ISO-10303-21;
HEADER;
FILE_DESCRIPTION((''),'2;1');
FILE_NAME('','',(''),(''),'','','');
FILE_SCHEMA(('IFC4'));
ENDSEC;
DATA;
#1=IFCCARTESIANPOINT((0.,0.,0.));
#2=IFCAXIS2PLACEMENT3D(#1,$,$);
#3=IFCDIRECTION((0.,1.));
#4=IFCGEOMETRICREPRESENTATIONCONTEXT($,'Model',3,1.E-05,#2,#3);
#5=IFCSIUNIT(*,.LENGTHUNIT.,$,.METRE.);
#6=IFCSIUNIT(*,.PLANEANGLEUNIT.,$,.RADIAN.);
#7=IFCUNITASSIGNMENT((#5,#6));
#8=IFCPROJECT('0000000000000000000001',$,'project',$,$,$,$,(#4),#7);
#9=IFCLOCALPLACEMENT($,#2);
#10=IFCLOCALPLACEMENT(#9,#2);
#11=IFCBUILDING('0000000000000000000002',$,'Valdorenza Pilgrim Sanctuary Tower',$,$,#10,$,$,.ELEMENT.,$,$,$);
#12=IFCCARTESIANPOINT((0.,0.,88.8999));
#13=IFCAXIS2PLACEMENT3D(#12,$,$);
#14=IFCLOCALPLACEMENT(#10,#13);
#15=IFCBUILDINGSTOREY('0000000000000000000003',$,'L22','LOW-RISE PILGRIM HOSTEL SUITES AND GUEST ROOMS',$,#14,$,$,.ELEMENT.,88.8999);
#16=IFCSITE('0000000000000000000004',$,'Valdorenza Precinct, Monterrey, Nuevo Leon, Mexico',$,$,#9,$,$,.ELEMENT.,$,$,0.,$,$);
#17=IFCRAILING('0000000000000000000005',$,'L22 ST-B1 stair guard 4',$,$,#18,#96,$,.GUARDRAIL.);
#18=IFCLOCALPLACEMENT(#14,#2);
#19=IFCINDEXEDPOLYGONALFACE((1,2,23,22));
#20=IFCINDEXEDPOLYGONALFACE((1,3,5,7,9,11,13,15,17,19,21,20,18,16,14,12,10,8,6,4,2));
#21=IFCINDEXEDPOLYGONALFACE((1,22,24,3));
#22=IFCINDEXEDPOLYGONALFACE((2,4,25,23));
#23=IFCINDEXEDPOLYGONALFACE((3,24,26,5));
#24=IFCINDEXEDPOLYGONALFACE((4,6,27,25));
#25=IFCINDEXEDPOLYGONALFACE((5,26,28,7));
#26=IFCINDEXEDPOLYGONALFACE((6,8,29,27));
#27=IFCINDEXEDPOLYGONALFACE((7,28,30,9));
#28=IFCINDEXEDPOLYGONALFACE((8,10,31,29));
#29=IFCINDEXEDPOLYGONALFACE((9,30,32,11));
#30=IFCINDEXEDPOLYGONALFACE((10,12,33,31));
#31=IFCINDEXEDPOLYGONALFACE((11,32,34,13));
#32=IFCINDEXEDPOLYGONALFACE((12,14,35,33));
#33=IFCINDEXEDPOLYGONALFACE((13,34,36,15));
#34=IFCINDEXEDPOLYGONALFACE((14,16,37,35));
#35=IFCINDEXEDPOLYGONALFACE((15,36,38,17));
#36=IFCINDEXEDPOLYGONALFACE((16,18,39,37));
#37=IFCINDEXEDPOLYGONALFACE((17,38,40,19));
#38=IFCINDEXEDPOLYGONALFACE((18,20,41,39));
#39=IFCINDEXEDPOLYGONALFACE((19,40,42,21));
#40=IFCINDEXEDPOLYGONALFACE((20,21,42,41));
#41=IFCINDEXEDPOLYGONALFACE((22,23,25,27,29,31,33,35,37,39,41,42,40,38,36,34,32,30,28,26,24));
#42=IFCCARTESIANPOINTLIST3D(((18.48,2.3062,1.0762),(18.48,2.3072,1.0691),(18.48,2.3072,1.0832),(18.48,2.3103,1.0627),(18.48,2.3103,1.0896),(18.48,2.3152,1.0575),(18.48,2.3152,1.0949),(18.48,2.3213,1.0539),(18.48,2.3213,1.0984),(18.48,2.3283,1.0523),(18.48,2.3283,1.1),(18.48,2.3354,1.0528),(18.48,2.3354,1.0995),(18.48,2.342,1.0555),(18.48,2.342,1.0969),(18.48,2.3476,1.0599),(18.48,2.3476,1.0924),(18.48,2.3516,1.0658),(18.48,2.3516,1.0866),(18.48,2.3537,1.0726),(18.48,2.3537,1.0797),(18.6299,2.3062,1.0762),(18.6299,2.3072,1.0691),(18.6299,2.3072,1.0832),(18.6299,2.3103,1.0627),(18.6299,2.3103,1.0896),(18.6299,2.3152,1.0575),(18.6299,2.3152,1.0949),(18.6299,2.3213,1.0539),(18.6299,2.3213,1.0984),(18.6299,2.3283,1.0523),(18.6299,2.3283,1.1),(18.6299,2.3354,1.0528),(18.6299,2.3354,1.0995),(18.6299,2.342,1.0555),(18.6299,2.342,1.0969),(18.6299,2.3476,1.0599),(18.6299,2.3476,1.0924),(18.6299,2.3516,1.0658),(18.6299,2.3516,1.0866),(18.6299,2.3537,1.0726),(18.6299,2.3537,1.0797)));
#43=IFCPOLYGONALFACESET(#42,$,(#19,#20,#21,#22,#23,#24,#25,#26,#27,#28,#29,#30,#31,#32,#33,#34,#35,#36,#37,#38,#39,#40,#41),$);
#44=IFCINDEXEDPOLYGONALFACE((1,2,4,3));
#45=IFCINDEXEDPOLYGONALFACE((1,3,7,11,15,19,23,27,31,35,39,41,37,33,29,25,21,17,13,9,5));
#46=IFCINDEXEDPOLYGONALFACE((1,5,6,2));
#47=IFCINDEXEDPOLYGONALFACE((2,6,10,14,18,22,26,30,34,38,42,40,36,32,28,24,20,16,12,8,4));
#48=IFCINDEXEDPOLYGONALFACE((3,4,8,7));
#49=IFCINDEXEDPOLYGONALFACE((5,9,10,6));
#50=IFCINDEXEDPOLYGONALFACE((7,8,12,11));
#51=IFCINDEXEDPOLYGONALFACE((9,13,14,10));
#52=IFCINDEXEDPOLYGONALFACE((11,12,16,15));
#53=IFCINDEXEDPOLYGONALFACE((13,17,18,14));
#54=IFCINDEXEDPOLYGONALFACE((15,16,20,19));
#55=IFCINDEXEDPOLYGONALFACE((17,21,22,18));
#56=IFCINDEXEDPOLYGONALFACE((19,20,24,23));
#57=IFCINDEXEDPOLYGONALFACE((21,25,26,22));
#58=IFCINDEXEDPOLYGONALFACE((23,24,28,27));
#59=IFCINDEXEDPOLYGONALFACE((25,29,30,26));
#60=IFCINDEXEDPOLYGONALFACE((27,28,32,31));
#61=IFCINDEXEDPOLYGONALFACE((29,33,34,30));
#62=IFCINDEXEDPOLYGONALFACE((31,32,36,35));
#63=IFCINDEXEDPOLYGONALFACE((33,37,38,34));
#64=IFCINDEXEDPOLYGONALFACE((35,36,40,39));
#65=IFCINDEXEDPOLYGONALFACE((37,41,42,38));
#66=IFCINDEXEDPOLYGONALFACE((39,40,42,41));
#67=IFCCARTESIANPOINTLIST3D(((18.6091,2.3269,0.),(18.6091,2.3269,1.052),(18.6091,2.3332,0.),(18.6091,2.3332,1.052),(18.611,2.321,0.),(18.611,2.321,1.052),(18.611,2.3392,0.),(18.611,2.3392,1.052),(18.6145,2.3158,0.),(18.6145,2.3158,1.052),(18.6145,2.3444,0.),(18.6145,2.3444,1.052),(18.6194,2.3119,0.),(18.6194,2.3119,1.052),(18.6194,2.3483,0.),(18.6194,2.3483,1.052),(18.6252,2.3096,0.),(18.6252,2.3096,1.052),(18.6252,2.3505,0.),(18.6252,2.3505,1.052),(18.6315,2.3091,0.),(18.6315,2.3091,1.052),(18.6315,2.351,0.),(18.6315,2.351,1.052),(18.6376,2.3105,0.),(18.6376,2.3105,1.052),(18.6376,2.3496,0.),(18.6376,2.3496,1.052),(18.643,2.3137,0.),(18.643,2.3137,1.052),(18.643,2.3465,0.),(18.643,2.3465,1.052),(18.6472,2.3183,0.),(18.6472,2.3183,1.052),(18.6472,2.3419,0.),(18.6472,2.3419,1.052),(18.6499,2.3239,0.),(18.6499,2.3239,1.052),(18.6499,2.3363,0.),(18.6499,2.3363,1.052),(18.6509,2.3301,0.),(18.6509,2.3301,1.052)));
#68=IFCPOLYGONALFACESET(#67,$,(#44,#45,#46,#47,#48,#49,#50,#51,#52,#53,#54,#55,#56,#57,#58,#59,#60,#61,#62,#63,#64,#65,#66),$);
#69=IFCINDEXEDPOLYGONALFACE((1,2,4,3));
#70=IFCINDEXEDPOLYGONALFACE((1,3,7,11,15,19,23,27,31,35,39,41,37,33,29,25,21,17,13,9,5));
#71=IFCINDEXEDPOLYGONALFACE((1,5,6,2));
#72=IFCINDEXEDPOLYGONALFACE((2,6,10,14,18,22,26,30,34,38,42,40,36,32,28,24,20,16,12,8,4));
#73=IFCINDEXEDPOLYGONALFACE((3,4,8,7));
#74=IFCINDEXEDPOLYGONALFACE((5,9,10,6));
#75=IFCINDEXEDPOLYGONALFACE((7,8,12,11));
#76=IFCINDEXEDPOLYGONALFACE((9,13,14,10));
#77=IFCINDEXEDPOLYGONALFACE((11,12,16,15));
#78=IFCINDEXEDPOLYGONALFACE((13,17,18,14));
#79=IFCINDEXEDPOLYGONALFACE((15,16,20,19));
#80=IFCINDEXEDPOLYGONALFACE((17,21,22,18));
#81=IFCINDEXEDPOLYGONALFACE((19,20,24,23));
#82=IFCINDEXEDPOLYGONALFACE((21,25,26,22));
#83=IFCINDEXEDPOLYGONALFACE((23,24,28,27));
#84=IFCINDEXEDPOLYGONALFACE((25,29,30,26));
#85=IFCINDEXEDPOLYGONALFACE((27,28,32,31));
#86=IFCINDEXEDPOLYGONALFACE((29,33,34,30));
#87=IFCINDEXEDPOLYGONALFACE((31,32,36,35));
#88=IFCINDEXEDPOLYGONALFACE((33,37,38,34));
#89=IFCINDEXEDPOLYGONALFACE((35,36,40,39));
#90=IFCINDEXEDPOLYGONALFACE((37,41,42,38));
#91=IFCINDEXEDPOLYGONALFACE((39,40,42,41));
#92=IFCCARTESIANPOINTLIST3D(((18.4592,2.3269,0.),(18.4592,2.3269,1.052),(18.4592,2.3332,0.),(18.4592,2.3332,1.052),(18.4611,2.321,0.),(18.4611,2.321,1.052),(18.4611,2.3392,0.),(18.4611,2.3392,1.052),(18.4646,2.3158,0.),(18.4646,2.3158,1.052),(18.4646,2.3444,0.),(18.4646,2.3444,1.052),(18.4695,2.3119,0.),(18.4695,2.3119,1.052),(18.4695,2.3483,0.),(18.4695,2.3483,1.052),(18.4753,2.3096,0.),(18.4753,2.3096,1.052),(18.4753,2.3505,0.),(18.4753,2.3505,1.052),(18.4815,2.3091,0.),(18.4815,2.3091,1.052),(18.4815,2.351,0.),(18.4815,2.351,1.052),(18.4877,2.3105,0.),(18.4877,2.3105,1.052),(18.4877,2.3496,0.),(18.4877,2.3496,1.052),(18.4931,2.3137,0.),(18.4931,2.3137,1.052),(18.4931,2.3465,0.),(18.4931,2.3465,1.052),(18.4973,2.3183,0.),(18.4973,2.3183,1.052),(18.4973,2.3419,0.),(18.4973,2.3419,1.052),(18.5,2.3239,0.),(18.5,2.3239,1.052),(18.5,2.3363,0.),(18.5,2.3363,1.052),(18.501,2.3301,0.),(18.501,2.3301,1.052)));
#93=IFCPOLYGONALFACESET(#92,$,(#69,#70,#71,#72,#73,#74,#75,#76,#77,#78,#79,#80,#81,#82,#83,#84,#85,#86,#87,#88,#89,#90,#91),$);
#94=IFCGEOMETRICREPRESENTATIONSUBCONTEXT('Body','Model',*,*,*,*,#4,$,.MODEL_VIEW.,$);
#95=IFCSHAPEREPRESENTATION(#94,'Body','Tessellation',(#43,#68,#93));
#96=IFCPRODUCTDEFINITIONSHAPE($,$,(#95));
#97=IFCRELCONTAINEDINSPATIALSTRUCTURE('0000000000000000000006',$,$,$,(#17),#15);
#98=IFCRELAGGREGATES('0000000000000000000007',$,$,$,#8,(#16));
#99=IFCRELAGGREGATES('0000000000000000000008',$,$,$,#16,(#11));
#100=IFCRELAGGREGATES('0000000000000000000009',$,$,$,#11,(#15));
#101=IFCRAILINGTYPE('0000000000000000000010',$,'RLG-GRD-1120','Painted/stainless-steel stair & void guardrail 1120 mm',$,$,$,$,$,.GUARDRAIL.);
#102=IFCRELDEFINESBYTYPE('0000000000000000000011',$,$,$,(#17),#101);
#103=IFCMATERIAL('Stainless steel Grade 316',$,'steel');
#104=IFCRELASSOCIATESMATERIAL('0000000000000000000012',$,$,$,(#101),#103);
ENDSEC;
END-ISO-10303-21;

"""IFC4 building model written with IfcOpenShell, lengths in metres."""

from ifc_helpers import new_model, si_unit, direction, frame, origin, origin_2d, place, context, subcontext, project, spatial, circle, extrude, material, type_object, element, save


model = new_model("IFC4")

# Units and contexts
model_context = context("Model", 3, precision=1e-05, world=origin(), true_north=direction((0.0, 1.0)))
body_context = subcontext(model_context, "Body", "Model", "MODEL_VIEW")
ifc_project = project(units=[si_unit("LENGTHUNIT", "METRE"), si_unit("PLANEANGLEUNIT", "RADIAN")], contexts=[model_context])

# Site, building, storey
site_placement = place(None, origin())
site = spatial("IfcSite", under=ifc_project, at=site_placement, Name="Valdorenza Precinct, Monterrey, Nuevo Leon, Mexico", CompositionType="ELEMENT", RefElevation=0.0)
building_placement = place(site_placement, origin())
building = spatial("IfcBuilding", under=site, at=building_placement, Name="Valdorenza Pilgrim Sanctuary Tower", CompositionType="ELEMENT")
storey_placement = place(building_placement, frame((0.0, 0.0, 88.8999)))
storey = spatial("IfcBuildingStorey", under=building, at=storey_placement, Name="L22", Description="LOW-RISE PILGRIM HOSTEL SUITES AND GUEST ROOMS", CompositionType="ELEMENT", Elevation=88.8999)

# Railing
ifc_material_1 = material(Name="Stainless steel Grade 316", Category="steel")
railing_type_1 = type_object("IfcRailingType", Name="RLG-GRD-1120", Description="Painted/stainless-steel stair & void guardrail 1120 mm", PredefinedType="GUARDRAIL", material=ifc_material_1)
railing_1_placement = place(storey_placement, frame((18.6299, 2.3301, 0.0)))
element("IfcRailing", 1, at=railing_1_placement, inside=storey, type_object=railing_type_1, Name="L22 ST-B1 stair guard 4", PredefinedType="GUARDRAIL", context=body_context, shape_type="SweptSolid", body=[
    extrude(circle(Radius=0.0239, at=origin_2d()), frame((0.0, 0.0, 1.0762), z_axis=(-1.0, 0.0, 0.0), x_axis=(0.0, -1.0, 0.0)), (0.0, 0.0, 1.0), 0.1499),
    extrude(circle(Radius=0.021, at=origin_2d()), origin(), (0.0, 0.0, 1.0), 1.052),
    extrude(circle(Radius=0.021, at=origin_2d()), frame((-0.1499, 0.0, 0.0)), (0.0, 0.0, 1.0), 1.052),
])

save(model, "model.ifc")
